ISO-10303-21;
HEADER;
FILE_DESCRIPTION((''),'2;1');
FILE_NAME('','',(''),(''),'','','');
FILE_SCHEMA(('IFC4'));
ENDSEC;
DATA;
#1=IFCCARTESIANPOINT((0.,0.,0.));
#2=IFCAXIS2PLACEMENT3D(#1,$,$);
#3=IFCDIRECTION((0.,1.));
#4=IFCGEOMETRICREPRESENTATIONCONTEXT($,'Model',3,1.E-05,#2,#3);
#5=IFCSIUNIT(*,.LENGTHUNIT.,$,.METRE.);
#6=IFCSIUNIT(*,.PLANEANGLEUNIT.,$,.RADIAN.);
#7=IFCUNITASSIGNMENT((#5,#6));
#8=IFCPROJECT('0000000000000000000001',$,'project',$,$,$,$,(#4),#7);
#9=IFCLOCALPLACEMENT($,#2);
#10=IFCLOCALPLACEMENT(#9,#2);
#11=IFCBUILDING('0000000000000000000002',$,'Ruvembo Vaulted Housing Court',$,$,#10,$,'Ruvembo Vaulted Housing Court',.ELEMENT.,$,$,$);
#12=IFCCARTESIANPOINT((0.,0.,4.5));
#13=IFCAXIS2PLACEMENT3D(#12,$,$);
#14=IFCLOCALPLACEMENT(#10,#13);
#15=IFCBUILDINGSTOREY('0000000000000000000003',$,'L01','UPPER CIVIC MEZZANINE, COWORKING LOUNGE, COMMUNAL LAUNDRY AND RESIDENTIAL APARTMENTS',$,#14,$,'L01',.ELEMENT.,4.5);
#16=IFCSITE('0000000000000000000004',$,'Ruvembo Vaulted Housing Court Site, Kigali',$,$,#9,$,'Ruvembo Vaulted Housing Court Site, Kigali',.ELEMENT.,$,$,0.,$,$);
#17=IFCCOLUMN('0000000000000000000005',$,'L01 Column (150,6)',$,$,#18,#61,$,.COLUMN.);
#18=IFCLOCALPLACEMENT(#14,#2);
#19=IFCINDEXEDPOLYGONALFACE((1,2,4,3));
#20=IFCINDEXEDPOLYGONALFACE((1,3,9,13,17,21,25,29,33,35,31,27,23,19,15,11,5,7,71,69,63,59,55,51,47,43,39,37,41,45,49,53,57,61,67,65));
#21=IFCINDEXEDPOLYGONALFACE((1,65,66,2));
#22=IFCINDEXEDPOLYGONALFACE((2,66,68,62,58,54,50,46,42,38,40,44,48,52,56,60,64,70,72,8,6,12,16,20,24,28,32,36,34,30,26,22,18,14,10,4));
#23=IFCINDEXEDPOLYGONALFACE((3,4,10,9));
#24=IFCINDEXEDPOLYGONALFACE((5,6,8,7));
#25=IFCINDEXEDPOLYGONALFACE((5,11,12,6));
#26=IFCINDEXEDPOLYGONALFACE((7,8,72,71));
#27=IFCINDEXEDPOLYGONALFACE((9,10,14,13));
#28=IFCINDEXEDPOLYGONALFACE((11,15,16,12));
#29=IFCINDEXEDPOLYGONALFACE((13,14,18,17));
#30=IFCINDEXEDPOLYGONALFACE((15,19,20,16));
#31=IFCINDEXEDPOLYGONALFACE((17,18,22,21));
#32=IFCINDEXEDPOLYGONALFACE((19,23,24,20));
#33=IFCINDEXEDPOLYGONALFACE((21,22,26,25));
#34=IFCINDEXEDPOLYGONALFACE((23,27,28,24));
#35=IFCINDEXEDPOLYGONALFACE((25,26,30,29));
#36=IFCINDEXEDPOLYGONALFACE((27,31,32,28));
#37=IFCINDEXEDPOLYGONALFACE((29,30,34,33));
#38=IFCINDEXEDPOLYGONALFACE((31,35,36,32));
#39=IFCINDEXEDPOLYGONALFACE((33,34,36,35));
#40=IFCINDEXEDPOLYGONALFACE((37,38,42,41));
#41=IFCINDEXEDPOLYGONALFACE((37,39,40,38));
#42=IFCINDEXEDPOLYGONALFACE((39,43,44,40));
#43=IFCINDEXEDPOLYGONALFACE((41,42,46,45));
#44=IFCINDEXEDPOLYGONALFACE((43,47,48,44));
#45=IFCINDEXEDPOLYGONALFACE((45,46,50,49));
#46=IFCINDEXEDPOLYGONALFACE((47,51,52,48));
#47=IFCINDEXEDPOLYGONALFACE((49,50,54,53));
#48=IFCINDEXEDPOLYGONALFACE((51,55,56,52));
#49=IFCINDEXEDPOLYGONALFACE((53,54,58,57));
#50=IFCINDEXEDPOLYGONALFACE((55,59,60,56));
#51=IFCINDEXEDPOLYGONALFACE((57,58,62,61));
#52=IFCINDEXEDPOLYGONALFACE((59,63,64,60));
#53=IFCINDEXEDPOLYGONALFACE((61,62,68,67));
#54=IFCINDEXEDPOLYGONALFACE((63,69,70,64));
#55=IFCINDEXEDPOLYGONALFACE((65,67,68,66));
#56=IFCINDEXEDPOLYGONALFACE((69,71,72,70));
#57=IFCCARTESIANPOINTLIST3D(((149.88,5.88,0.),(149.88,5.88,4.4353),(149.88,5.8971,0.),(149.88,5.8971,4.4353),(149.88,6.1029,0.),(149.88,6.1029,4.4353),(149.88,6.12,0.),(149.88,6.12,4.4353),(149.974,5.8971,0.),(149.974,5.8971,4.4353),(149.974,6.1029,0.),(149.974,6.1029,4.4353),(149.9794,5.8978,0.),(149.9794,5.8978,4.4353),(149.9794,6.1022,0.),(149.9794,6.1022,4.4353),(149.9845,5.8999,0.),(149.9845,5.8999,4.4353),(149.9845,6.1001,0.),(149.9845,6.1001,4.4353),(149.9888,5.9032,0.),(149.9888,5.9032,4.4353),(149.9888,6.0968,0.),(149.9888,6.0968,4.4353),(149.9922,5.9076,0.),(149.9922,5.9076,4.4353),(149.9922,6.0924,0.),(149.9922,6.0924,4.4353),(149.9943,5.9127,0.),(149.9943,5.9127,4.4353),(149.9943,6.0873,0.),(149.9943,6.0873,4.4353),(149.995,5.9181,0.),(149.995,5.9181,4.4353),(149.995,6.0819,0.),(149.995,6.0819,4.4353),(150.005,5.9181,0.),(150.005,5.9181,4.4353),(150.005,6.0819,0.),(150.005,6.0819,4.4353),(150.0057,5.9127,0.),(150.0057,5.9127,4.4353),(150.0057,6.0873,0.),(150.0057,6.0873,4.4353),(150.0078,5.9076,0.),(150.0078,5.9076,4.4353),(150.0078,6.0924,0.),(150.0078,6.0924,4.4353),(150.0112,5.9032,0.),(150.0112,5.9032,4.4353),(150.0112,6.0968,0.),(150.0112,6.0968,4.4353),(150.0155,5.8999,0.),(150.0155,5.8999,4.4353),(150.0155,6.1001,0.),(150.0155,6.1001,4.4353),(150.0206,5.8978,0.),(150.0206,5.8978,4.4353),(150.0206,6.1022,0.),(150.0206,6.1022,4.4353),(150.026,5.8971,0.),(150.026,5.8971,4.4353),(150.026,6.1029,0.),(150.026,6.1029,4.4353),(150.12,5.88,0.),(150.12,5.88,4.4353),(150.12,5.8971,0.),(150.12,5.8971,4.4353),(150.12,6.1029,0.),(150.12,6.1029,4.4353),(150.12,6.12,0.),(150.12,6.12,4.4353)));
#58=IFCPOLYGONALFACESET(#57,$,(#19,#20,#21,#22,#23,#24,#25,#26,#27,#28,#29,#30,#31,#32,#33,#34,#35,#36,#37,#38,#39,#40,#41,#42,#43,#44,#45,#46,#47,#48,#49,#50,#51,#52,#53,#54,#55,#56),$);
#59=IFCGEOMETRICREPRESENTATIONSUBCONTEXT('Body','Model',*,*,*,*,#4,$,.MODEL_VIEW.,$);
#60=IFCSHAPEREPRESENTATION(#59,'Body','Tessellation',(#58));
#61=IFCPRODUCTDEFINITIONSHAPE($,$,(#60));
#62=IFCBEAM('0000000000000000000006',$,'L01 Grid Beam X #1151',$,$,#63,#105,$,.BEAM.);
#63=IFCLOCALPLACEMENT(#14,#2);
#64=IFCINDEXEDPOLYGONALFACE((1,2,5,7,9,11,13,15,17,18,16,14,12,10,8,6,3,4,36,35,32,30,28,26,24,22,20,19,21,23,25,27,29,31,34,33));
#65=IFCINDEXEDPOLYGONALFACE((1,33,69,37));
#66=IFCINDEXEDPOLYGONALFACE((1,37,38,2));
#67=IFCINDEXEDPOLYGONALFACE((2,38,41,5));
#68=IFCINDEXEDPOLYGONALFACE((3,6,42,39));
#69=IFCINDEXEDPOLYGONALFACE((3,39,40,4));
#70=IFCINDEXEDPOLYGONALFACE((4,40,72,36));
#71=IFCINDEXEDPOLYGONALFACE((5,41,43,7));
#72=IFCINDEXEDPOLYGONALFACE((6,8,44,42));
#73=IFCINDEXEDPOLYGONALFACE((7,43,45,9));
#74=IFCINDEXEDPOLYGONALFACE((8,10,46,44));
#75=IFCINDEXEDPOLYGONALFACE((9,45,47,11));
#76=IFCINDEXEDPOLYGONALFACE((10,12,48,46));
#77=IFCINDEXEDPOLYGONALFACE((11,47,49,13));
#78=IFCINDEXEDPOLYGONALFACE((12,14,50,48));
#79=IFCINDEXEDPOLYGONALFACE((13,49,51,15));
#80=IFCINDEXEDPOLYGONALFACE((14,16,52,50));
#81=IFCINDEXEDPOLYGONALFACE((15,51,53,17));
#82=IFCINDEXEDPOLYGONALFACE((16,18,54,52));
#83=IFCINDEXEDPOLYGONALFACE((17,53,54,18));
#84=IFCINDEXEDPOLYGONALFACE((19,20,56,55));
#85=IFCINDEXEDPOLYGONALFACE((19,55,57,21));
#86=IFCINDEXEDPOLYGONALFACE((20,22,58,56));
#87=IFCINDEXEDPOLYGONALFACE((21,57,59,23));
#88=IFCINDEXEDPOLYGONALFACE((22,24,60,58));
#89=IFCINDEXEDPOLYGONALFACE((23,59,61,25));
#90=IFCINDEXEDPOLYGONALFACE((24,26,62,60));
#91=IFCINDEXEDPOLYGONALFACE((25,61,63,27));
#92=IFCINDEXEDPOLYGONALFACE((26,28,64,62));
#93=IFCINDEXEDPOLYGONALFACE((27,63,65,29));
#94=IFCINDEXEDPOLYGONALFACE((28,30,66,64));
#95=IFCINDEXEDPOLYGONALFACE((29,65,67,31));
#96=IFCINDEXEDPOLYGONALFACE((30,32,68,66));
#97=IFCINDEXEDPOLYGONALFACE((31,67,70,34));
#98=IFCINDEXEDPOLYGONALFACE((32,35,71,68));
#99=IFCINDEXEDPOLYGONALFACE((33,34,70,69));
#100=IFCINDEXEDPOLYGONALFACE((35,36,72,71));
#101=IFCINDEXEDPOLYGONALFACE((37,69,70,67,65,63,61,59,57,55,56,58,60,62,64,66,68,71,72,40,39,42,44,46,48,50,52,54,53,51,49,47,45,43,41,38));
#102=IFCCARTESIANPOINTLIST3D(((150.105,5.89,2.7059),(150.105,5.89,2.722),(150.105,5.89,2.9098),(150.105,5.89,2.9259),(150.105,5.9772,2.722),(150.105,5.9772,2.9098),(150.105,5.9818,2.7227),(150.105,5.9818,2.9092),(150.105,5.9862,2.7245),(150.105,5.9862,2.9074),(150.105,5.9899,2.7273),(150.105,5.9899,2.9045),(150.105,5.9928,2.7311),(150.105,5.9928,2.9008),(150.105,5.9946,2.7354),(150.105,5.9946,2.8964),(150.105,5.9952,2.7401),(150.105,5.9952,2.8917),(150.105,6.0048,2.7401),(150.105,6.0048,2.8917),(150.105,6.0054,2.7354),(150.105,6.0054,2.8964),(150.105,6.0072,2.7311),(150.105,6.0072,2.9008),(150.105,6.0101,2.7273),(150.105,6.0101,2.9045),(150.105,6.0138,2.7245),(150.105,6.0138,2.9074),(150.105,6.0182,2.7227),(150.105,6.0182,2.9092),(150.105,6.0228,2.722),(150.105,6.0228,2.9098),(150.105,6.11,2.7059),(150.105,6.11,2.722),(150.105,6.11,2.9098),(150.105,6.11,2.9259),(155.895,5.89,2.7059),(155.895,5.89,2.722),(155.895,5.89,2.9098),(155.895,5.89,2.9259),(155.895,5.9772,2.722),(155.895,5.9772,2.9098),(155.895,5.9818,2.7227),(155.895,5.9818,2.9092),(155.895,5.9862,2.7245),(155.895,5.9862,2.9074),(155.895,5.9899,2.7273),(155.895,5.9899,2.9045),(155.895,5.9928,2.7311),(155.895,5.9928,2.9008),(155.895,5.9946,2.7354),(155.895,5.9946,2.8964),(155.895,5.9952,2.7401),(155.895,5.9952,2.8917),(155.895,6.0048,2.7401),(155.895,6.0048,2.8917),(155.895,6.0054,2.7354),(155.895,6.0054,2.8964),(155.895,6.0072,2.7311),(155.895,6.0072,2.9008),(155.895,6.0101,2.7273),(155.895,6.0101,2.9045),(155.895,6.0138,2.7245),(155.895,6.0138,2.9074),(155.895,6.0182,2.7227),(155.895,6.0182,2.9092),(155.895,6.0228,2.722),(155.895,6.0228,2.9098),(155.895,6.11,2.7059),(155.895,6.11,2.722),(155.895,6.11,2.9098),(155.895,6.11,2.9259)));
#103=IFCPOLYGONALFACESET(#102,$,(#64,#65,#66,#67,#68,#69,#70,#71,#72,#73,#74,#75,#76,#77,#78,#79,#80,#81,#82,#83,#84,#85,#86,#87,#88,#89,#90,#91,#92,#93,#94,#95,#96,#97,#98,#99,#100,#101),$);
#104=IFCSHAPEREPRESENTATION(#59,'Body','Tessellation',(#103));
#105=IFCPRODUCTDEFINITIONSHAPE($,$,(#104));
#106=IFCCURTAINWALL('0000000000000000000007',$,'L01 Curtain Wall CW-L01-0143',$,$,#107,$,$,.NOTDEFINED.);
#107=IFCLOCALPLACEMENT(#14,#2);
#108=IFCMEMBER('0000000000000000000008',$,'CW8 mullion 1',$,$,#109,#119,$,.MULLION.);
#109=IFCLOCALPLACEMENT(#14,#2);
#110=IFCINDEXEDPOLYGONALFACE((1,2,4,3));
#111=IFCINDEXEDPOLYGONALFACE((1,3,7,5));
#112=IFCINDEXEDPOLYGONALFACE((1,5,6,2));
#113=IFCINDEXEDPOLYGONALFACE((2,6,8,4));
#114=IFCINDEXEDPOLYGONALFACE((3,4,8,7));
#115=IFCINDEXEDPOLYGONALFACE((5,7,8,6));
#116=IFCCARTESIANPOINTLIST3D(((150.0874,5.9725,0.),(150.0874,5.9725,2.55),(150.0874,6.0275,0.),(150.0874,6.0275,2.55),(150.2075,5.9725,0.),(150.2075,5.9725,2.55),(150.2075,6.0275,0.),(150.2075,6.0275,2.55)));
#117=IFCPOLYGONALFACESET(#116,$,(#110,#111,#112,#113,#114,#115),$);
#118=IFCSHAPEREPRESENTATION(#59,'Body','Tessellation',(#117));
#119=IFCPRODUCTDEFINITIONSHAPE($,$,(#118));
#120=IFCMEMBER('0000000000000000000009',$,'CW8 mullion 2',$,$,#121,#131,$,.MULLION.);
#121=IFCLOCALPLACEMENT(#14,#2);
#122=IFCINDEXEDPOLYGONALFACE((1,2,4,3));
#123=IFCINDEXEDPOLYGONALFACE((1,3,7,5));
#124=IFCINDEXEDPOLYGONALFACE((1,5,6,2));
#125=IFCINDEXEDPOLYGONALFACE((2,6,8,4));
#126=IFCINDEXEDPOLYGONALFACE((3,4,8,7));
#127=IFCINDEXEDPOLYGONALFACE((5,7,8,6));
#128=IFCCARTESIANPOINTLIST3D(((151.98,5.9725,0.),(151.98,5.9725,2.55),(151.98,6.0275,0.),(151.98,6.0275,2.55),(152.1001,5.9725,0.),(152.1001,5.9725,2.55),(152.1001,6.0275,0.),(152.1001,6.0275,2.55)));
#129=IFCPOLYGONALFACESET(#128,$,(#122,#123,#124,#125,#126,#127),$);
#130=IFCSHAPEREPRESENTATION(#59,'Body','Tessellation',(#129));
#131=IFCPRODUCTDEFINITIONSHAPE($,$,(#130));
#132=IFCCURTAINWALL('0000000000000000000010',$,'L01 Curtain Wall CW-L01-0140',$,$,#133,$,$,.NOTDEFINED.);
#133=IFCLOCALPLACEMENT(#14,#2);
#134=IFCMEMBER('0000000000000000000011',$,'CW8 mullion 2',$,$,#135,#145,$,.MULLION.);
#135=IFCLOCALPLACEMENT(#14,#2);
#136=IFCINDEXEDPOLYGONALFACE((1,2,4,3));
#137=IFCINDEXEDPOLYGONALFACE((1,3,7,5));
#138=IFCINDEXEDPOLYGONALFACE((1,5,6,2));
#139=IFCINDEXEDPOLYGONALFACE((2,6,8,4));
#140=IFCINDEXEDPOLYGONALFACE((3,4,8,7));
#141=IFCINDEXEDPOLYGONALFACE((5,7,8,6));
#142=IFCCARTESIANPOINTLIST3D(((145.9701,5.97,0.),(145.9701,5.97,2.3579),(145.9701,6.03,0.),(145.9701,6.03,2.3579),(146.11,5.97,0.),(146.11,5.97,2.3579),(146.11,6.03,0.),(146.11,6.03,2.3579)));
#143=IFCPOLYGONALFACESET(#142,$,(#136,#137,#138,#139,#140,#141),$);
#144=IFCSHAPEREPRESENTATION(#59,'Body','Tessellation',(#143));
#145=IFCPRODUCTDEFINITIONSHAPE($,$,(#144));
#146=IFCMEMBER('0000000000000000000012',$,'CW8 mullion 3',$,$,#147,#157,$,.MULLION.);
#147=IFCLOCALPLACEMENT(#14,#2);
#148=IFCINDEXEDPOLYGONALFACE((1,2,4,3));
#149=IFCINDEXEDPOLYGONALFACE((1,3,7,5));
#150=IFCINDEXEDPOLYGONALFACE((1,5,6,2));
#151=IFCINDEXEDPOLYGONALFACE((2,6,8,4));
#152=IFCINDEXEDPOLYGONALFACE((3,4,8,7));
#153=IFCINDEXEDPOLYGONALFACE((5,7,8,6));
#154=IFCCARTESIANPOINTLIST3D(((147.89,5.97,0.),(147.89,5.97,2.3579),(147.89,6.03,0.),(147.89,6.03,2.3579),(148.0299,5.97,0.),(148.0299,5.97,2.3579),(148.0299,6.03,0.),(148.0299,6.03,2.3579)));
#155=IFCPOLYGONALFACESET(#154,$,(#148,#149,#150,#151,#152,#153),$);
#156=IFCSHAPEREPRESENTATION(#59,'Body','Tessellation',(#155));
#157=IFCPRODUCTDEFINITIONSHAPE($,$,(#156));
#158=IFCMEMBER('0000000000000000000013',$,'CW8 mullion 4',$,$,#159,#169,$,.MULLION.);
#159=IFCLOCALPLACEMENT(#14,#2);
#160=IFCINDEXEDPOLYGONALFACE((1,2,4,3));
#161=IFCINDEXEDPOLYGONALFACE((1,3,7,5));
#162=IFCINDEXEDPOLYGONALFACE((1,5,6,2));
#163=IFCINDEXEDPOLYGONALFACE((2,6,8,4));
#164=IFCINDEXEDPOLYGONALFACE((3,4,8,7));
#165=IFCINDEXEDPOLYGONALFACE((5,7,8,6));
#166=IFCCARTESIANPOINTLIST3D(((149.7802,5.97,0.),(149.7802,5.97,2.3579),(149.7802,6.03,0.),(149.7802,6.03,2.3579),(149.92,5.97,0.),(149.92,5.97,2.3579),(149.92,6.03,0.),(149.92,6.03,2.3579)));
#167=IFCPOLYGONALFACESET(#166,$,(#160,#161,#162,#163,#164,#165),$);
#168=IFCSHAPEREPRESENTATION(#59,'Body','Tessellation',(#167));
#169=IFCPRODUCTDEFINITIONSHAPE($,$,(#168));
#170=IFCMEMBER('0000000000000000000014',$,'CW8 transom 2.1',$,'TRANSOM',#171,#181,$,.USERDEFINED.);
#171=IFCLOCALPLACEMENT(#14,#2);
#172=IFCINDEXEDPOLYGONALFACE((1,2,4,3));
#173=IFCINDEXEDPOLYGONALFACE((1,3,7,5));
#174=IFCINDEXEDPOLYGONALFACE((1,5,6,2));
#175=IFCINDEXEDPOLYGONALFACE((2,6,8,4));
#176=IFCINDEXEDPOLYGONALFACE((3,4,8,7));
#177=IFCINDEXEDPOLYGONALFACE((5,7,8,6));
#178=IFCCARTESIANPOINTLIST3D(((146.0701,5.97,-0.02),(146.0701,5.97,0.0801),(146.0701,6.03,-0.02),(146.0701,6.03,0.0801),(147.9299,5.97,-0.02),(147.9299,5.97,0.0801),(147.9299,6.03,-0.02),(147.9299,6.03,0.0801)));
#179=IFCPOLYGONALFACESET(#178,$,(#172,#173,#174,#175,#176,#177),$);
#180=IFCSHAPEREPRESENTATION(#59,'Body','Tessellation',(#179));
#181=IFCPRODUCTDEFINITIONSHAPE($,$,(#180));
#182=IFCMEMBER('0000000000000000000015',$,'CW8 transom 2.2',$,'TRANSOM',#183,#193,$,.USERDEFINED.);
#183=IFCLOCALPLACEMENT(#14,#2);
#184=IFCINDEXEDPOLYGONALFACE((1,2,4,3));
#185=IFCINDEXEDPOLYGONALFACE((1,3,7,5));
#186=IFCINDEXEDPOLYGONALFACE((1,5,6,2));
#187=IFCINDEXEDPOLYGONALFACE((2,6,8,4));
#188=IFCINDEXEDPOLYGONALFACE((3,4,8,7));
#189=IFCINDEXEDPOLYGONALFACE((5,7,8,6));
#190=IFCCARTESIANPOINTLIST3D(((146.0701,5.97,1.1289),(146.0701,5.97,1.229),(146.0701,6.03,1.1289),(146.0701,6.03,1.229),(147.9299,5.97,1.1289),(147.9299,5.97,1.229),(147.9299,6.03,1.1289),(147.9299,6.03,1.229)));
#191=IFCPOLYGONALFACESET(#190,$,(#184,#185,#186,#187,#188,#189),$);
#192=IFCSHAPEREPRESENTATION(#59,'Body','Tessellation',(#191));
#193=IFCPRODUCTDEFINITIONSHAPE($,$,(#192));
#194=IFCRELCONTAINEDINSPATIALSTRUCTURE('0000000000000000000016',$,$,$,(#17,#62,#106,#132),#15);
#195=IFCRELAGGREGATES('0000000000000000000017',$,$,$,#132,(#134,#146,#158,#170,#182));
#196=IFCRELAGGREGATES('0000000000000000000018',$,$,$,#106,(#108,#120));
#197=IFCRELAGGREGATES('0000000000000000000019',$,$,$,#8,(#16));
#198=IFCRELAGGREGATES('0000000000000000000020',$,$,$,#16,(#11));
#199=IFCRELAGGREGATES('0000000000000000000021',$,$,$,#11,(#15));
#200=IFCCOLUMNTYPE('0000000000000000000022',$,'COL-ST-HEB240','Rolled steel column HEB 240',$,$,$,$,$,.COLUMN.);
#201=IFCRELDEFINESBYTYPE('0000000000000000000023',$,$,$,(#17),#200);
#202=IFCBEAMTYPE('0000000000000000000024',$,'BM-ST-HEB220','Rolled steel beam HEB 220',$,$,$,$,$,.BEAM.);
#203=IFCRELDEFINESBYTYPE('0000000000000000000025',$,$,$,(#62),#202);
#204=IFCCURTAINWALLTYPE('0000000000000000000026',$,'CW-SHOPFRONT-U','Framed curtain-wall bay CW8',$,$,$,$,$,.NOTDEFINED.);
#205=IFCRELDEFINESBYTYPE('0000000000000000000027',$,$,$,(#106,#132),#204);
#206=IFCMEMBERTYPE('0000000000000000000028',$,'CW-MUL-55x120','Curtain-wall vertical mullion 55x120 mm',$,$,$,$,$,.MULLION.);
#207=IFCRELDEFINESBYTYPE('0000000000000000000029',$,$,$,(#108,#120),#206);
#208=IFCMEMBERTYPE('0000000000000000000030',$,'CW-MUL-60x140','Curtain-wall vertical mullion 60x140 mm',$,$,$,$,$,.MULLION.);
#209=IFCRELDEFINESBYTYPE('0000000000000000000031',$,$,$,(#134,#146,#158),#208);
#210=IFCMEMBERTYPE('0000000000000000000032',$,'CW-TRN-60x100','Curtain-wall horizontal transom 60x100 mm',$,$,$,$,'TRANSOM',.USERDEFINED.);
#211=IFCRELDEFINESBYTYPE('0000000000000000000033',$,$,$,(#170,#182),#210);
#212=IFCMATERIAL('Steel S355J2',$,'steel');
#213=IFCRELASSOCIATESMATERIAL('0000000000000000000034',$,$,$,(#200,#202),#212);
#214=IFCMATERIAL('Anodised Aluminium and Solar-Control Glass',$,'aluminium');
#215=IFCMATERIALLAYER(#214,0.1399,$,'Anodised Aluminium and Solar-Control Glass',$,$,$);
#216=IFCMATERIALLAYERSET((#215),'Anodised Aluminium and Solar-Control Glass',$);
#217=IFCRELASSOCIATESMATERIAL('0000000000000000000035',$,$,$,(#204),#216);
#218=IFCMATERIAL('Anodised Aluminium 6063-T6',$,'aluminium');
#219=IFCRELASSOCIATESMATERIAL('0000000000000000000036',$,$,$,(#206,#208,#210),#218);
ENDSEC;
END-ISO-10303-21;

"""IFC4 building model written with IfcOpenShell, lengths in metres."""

from ifc_helpers import new_model, si_unit, direction, frame, origin, origin_2d, place, context, subcontext, project, spatial, rectangle, i_section, extrude, material, layer, layer_set, material_profile, profile_set, type_object, element, aggregate, save


model = new_model("IFC4")

# Units and contexts
model_context = context("Model", 3, precision=1e-05, world=origin(), true_north=direction((0.0, 1.0)))
body_context = subcontext(model_context, "Body", "Model", "MODEL_VIEW")
ifc_project = project(units=[si_unit("LENGTHUNIT", "METRE"), si_unit("PLANEANGLEUNIT", "RADIAN")], contexts=[model_context])

# Site, building, storey
site_placement = place(None, origin())
site = spatial("IfcSite", under=ifc_project, at=site_placement, Name="Ruvembo Vaulted Housing Court Site, Kigali", LongName="Ruvembo Vaulted Housing Court Site, Kigali", CompositionType="ELEMENT", RefElevation=0.0)
building_placement = place(site_placement, origin())
building = spatial("IfcBuilding", under=site, at=building_placement, Name="Ruvembo Vaulted Housing Court", LongName="Ruvembo Vaulted Housing Court", CompositionType="ELEMENT")
storey_placement = place(building_placement, frame((0.0, 0.0, 4.5)))
storey = spatial("IfcBuildingStorey", under=building, at=storey_placement, Name="L01", Description="UPPER CIVIC MEZZANINE, COWORKING LOUNGE, COMMUNAL LAUNDRY AND RESIDENTIAL APARTMENTS", LongName="L01", CompositionType="ELEMENT", Elevation=4.5)

# Column
ifc_material_1 = material(Name="Steel S355J2", Category="steel")
ifc_material_profile_1 = material_profile(ifc_material_1, i_section(OverallWidth=0.24, OverallDepth=0.24, WebThickness=0.01, FlangeThickness=0.0171, FilletRadius=0.021, at=origin_2d()), Name="HEB 240")
ifc_profile_set_1 = profile_set([ifc_material_profile_1], Name="Steel S355J2")
column_type = type_object("IfcColumnType", Name="COL-ST-HEB240", Description="Rolled steel column HEB 240", PredefinedType="COLUMN", material=ifc_profile_set_1)
column_placement = place(storey_placement, frame((150.0, 6.0, 0.0), z_axis=(0.0, 0.0, 1.0), x_axis=(1.0, 0.0, 0.0)))
element("IfcColumn", 1, at=column_placement, inside=storey, type_object=column_type, Name="L01 Column (150,6)", PredefinedType="COLUMN", context=body_context, shape_type="SweptSolid", body=[
    extrude(i_section(OverallWidth=0.24, OverallDepth=0.24, WebThickness=0.01, FlangeThickness=0.0171, FilletRadius=0.021, at=origin_2d()), origin(), (0.0, 0.0, 1.0), 4.4353),
])

# Beam
ifc_material_profile_2 = material_profile(ifc_material_1, i_section(OverallWidth=0.22, OverallDepth=0.22, WebThickness=0.0095, FlangeThickness=0.0161, FilletRadius=0.0181, at=origin_2d()), Name="HEB 220")
ifc_profile_set_2 = profile_set([ifc_material_profile_2], Name="Steel S355J2")
beam_type = type_object("IfcBeamType", Name="BM-ST-HEB220", Description="Rolled steel beam HEB 220", PredefinedType="BEAM", material=ifc_profile_set_2)
beam_placement = place(storey_placement, frame((150.105, 6.0, 2.8159), z_axis=(1.0, 0.0, 0.0), x_axis=(0.0, 1.0, 0.0)))
element("IfcBeam", 2, at=beam_placement, inside=storey, type_object=beam_type, Name="L01 Grid Beam X #1151", PredefinedType="BEAM", context=body_context, shape_type="SweptSolid", body=[
    extrude(i_section(OverallWidth=0.22, OverallDepth=0.22, WebThickness=0.0095, FlangeThickness=0.0161, FilletRadius=0.0181, at=origin_2d()), origin(), (0.0, 0.0, 1.0), 5.79),
])

# Curtain walls, members
ifc_material_2 = material(Name="Anodised Aluminium and Solar-Control Glass", Category="aluminium")
ifc_layer_1 = layer(ifc_material_2, 0.1399, Name="Anodised Aluminium and Solar-Control Glass")
ifc_layer_set_1 = layer_set([ifc_layer_1], Name="Anodised Aluminium and Solar-Control Glass")
curtain_wall_type = type_object("IfcCurtainWallType", Name="CW-SHOPFRONT-U", Description="Framed curtain-wall bay CW8", PredefinedType="NOTDEFINED", material=ifc_layer_set_1)
curtain_wall_1_placement = place(storey_placement, origin())
curtain_wall_1 = element("IfcCurtainWall", 3, at=curtain_wall_1_placement, inside=storey, type_object=curtain_wall_type, Name="L01 Curtain Wall CW-L01-0143", PredefinedType="NOTDEFINED")
ifc_material_3 = material(Name="Anodised Aluminium 6063-T6", Category="aluminium")
ifc_material_profile_3 = material_profile(ifc_material_3, rectangle(XDim=0.0549, YDim=0.1201, at=origin_2d()), Name="ALU 55x120")
ifc_profile_set_3 = profile_set([ifc_material_profile_3], Name="Anodised Aluminium 6063-T6")
member_type_1 = type_object("IfcMemberType", Name="CW-MUL-55x120", Description="Curtain-wall vertical mullion 55x120 mm", PredefinedType="MULLION", material=ifc_profile_set_3)
member_1_placement = place(storey_placement, frame((150.1475, 6.0, 0.0), z_axis=(0.0, 0.0, 1.0), x_axis=(0.0, 1.0, 0.0)))
member_1 = element("IfcMember", 4, at=member_1_placement, type_object=member_type_1, Name="CW8 mullion 1", PredefinedType="MULLION", context=body_context, shape_type="SweptSolid", body=[
    extrude(rectangle(XDim=0.0549, YDim=0.1201, at=origin_2d()), origin(), (0.0, 0.0, 1.0), 2.55),
])
member_2_placement = place(storey_placement, frame((152.04, 6.0, 0.0), z_axis=(0.0, 0.0, 1.0), x_axis=(0.0, 1.0, 0.0)))
member_2 = element("IfcMember", 5, at=member_2_placement, type_object=member_type_1, Name="CW8 mullion 2", PredefinedType="MULLION", context=body_context, shape_type="SweptSolid", body=[
    extrude(rectangle(XDim=0.0549, YDim=0.1201, at=origin_2d()), origin(), (0.0, 0.0, 1.0), 2.55),
])
curtain_wall_2_placement = place(storey_placement, origin())
curtain_wall_2 = element("IfcCurtainWall", 6, at=curtain_wall_2_placement, inside=storey, type_object=curtain_wall_type, Name="L01 Curtain Wall CW-L01-0140", PredefinedType="NOTDEFINED")
ifc_material_profile_4 = material_profile(ifc_material_3, rectangle(XDim=0.0601, YDim=0.1399, at=origin_2d()), Name="ALU 60x140")
ifc_profile_set_4 = profile_set([ifc_material_profile_4], Name="Anodised Aluminium 6063-T6")
member_type_2 = type_object("IfcMemberType", Name="CW-MUL-60x140", Description="Curtain-wall vertical mullion 60x140 mm", PredefinedType="MULLION", material=ifc_profile_set_4)
member_3_placement = place(storey_placement, frame((146.04, 6.0, 0.0), z_axis=(0.0, 0.0, 1.0), x_axis=(0.0, 1.0, 0.0)))
member_3 = element("IfcMember", 7, at=member_3_placement, type_object=member_type_2, Name="CW8 mullion 2", PredefinedType="MULLION", context=body_context, shape_type="SweptSolid", body=[
    extrude(rectangle(XDim=0.0601, YDim=0.1399, at=origin_2d()), origin(), (0.0, 0.0, 1.0), 2.3579),
])
member_4_placement = place(storey_placement, frame((147.96, 6.0, 0.0), z_axis=(0.0, 0.0, 1.0), x_axis=(0.0, 1.0, 0.0)))
member_4 = element("IfcMember", 8, at=member_4_placement, type_object=member_type_2, Name="CW8 mullion 3", PredefinedType="MULLION", context=body_context, shape_type="SweptSolid", body=[
    extrude(rectangle(XDim=0.0601, YDim=0.1399, at=origin_2d()), origin(), (0.0, 0.0, 1.0), 2.3579),
])
member_5_placement = place(storey_placement, frame((149.8501, 6.0, 0.0), z_axis=(0.0, 0.0, 1.0), x_axis=(0.0, 1.0, 0.0)))
member_5 = element("IfcMember", 9, at=member_5_placement, type_object=member_type_2, Name="CW8 mullion 4", PredefinedType="MULLION", context=body_context, shape_type="SweptSolid", body=[
    extrude(rectangle(XDim=0.0601, YDim=0.1399, at=origin_2d()), origin(), (0.0, 0.0, 1.0), 2.3579),
])
ifc_material_profile_5 = material_profile(ifc_material_3, rectangle(XDim=0.0601, YDim=0.1001, at=origin_2d()), Name="ALU 60x100")
ifc_profile_set_5 = profile_set([ifc_material_profile_5], Name="Anodised Aluminium 6063-T6")
member_type_3 = type_object("IfcMemberType", Name="CW-TRN-60x100", Description="Curtain-wall horizontal transom 60x100 mm", ElementType="TRANSOM", PredefinedType="USERDEFINED", material=ifc_profile_set_5)
member_6_placement = place(storey_placement, frame((146.0701, 6.0, 0.03), z_axis=(1.0, 0.0, 0.0), x_axis=(0.0, 1.0, 0.0)))
member_6 = element("IfcMember", 10, at=member_6_placement, type_object=member_type_3, Name="CW8 transom 2.1", ObjectType="TRANSOM", PredefinedType="USERDEFINED", context=body_context, shape_type="SweptSolid", body=[
    extrude(rectangle(XDim=0.0601, YDim=0.1001, at=origin_2d()), origin(), (0.0, 0.0, 1.0), 1.8599),
])
member_7_placement = place(storey_placement, frame((146.0701, 6.0, 1.179), z_axis=(1.0, 0.0, 0.0), x_axis=(0.0, 1.0, 0.0)))
member_7 = element("IfcMember", 11, at=member_7_placement, type_object=member_type_3, Name="CW8 transom 2.2", ObjectType="TRANSOM", PredefinedType="USERDEFINED", context=body_context, shape_type="SweptSolid", body=[
    extrude(rectangle(XDim=0.0601, YDim=0.1001, at=origin_2d()), origin(), (0.0, 0.0, 1.0), 1.8599),
])

aggregate(curtain_wall_2, [member_3, member_4, member_5, member_6, member_7])
aggregate(curtain_wall_1, [member_1, member_2])

save(model, "model.ifc")
